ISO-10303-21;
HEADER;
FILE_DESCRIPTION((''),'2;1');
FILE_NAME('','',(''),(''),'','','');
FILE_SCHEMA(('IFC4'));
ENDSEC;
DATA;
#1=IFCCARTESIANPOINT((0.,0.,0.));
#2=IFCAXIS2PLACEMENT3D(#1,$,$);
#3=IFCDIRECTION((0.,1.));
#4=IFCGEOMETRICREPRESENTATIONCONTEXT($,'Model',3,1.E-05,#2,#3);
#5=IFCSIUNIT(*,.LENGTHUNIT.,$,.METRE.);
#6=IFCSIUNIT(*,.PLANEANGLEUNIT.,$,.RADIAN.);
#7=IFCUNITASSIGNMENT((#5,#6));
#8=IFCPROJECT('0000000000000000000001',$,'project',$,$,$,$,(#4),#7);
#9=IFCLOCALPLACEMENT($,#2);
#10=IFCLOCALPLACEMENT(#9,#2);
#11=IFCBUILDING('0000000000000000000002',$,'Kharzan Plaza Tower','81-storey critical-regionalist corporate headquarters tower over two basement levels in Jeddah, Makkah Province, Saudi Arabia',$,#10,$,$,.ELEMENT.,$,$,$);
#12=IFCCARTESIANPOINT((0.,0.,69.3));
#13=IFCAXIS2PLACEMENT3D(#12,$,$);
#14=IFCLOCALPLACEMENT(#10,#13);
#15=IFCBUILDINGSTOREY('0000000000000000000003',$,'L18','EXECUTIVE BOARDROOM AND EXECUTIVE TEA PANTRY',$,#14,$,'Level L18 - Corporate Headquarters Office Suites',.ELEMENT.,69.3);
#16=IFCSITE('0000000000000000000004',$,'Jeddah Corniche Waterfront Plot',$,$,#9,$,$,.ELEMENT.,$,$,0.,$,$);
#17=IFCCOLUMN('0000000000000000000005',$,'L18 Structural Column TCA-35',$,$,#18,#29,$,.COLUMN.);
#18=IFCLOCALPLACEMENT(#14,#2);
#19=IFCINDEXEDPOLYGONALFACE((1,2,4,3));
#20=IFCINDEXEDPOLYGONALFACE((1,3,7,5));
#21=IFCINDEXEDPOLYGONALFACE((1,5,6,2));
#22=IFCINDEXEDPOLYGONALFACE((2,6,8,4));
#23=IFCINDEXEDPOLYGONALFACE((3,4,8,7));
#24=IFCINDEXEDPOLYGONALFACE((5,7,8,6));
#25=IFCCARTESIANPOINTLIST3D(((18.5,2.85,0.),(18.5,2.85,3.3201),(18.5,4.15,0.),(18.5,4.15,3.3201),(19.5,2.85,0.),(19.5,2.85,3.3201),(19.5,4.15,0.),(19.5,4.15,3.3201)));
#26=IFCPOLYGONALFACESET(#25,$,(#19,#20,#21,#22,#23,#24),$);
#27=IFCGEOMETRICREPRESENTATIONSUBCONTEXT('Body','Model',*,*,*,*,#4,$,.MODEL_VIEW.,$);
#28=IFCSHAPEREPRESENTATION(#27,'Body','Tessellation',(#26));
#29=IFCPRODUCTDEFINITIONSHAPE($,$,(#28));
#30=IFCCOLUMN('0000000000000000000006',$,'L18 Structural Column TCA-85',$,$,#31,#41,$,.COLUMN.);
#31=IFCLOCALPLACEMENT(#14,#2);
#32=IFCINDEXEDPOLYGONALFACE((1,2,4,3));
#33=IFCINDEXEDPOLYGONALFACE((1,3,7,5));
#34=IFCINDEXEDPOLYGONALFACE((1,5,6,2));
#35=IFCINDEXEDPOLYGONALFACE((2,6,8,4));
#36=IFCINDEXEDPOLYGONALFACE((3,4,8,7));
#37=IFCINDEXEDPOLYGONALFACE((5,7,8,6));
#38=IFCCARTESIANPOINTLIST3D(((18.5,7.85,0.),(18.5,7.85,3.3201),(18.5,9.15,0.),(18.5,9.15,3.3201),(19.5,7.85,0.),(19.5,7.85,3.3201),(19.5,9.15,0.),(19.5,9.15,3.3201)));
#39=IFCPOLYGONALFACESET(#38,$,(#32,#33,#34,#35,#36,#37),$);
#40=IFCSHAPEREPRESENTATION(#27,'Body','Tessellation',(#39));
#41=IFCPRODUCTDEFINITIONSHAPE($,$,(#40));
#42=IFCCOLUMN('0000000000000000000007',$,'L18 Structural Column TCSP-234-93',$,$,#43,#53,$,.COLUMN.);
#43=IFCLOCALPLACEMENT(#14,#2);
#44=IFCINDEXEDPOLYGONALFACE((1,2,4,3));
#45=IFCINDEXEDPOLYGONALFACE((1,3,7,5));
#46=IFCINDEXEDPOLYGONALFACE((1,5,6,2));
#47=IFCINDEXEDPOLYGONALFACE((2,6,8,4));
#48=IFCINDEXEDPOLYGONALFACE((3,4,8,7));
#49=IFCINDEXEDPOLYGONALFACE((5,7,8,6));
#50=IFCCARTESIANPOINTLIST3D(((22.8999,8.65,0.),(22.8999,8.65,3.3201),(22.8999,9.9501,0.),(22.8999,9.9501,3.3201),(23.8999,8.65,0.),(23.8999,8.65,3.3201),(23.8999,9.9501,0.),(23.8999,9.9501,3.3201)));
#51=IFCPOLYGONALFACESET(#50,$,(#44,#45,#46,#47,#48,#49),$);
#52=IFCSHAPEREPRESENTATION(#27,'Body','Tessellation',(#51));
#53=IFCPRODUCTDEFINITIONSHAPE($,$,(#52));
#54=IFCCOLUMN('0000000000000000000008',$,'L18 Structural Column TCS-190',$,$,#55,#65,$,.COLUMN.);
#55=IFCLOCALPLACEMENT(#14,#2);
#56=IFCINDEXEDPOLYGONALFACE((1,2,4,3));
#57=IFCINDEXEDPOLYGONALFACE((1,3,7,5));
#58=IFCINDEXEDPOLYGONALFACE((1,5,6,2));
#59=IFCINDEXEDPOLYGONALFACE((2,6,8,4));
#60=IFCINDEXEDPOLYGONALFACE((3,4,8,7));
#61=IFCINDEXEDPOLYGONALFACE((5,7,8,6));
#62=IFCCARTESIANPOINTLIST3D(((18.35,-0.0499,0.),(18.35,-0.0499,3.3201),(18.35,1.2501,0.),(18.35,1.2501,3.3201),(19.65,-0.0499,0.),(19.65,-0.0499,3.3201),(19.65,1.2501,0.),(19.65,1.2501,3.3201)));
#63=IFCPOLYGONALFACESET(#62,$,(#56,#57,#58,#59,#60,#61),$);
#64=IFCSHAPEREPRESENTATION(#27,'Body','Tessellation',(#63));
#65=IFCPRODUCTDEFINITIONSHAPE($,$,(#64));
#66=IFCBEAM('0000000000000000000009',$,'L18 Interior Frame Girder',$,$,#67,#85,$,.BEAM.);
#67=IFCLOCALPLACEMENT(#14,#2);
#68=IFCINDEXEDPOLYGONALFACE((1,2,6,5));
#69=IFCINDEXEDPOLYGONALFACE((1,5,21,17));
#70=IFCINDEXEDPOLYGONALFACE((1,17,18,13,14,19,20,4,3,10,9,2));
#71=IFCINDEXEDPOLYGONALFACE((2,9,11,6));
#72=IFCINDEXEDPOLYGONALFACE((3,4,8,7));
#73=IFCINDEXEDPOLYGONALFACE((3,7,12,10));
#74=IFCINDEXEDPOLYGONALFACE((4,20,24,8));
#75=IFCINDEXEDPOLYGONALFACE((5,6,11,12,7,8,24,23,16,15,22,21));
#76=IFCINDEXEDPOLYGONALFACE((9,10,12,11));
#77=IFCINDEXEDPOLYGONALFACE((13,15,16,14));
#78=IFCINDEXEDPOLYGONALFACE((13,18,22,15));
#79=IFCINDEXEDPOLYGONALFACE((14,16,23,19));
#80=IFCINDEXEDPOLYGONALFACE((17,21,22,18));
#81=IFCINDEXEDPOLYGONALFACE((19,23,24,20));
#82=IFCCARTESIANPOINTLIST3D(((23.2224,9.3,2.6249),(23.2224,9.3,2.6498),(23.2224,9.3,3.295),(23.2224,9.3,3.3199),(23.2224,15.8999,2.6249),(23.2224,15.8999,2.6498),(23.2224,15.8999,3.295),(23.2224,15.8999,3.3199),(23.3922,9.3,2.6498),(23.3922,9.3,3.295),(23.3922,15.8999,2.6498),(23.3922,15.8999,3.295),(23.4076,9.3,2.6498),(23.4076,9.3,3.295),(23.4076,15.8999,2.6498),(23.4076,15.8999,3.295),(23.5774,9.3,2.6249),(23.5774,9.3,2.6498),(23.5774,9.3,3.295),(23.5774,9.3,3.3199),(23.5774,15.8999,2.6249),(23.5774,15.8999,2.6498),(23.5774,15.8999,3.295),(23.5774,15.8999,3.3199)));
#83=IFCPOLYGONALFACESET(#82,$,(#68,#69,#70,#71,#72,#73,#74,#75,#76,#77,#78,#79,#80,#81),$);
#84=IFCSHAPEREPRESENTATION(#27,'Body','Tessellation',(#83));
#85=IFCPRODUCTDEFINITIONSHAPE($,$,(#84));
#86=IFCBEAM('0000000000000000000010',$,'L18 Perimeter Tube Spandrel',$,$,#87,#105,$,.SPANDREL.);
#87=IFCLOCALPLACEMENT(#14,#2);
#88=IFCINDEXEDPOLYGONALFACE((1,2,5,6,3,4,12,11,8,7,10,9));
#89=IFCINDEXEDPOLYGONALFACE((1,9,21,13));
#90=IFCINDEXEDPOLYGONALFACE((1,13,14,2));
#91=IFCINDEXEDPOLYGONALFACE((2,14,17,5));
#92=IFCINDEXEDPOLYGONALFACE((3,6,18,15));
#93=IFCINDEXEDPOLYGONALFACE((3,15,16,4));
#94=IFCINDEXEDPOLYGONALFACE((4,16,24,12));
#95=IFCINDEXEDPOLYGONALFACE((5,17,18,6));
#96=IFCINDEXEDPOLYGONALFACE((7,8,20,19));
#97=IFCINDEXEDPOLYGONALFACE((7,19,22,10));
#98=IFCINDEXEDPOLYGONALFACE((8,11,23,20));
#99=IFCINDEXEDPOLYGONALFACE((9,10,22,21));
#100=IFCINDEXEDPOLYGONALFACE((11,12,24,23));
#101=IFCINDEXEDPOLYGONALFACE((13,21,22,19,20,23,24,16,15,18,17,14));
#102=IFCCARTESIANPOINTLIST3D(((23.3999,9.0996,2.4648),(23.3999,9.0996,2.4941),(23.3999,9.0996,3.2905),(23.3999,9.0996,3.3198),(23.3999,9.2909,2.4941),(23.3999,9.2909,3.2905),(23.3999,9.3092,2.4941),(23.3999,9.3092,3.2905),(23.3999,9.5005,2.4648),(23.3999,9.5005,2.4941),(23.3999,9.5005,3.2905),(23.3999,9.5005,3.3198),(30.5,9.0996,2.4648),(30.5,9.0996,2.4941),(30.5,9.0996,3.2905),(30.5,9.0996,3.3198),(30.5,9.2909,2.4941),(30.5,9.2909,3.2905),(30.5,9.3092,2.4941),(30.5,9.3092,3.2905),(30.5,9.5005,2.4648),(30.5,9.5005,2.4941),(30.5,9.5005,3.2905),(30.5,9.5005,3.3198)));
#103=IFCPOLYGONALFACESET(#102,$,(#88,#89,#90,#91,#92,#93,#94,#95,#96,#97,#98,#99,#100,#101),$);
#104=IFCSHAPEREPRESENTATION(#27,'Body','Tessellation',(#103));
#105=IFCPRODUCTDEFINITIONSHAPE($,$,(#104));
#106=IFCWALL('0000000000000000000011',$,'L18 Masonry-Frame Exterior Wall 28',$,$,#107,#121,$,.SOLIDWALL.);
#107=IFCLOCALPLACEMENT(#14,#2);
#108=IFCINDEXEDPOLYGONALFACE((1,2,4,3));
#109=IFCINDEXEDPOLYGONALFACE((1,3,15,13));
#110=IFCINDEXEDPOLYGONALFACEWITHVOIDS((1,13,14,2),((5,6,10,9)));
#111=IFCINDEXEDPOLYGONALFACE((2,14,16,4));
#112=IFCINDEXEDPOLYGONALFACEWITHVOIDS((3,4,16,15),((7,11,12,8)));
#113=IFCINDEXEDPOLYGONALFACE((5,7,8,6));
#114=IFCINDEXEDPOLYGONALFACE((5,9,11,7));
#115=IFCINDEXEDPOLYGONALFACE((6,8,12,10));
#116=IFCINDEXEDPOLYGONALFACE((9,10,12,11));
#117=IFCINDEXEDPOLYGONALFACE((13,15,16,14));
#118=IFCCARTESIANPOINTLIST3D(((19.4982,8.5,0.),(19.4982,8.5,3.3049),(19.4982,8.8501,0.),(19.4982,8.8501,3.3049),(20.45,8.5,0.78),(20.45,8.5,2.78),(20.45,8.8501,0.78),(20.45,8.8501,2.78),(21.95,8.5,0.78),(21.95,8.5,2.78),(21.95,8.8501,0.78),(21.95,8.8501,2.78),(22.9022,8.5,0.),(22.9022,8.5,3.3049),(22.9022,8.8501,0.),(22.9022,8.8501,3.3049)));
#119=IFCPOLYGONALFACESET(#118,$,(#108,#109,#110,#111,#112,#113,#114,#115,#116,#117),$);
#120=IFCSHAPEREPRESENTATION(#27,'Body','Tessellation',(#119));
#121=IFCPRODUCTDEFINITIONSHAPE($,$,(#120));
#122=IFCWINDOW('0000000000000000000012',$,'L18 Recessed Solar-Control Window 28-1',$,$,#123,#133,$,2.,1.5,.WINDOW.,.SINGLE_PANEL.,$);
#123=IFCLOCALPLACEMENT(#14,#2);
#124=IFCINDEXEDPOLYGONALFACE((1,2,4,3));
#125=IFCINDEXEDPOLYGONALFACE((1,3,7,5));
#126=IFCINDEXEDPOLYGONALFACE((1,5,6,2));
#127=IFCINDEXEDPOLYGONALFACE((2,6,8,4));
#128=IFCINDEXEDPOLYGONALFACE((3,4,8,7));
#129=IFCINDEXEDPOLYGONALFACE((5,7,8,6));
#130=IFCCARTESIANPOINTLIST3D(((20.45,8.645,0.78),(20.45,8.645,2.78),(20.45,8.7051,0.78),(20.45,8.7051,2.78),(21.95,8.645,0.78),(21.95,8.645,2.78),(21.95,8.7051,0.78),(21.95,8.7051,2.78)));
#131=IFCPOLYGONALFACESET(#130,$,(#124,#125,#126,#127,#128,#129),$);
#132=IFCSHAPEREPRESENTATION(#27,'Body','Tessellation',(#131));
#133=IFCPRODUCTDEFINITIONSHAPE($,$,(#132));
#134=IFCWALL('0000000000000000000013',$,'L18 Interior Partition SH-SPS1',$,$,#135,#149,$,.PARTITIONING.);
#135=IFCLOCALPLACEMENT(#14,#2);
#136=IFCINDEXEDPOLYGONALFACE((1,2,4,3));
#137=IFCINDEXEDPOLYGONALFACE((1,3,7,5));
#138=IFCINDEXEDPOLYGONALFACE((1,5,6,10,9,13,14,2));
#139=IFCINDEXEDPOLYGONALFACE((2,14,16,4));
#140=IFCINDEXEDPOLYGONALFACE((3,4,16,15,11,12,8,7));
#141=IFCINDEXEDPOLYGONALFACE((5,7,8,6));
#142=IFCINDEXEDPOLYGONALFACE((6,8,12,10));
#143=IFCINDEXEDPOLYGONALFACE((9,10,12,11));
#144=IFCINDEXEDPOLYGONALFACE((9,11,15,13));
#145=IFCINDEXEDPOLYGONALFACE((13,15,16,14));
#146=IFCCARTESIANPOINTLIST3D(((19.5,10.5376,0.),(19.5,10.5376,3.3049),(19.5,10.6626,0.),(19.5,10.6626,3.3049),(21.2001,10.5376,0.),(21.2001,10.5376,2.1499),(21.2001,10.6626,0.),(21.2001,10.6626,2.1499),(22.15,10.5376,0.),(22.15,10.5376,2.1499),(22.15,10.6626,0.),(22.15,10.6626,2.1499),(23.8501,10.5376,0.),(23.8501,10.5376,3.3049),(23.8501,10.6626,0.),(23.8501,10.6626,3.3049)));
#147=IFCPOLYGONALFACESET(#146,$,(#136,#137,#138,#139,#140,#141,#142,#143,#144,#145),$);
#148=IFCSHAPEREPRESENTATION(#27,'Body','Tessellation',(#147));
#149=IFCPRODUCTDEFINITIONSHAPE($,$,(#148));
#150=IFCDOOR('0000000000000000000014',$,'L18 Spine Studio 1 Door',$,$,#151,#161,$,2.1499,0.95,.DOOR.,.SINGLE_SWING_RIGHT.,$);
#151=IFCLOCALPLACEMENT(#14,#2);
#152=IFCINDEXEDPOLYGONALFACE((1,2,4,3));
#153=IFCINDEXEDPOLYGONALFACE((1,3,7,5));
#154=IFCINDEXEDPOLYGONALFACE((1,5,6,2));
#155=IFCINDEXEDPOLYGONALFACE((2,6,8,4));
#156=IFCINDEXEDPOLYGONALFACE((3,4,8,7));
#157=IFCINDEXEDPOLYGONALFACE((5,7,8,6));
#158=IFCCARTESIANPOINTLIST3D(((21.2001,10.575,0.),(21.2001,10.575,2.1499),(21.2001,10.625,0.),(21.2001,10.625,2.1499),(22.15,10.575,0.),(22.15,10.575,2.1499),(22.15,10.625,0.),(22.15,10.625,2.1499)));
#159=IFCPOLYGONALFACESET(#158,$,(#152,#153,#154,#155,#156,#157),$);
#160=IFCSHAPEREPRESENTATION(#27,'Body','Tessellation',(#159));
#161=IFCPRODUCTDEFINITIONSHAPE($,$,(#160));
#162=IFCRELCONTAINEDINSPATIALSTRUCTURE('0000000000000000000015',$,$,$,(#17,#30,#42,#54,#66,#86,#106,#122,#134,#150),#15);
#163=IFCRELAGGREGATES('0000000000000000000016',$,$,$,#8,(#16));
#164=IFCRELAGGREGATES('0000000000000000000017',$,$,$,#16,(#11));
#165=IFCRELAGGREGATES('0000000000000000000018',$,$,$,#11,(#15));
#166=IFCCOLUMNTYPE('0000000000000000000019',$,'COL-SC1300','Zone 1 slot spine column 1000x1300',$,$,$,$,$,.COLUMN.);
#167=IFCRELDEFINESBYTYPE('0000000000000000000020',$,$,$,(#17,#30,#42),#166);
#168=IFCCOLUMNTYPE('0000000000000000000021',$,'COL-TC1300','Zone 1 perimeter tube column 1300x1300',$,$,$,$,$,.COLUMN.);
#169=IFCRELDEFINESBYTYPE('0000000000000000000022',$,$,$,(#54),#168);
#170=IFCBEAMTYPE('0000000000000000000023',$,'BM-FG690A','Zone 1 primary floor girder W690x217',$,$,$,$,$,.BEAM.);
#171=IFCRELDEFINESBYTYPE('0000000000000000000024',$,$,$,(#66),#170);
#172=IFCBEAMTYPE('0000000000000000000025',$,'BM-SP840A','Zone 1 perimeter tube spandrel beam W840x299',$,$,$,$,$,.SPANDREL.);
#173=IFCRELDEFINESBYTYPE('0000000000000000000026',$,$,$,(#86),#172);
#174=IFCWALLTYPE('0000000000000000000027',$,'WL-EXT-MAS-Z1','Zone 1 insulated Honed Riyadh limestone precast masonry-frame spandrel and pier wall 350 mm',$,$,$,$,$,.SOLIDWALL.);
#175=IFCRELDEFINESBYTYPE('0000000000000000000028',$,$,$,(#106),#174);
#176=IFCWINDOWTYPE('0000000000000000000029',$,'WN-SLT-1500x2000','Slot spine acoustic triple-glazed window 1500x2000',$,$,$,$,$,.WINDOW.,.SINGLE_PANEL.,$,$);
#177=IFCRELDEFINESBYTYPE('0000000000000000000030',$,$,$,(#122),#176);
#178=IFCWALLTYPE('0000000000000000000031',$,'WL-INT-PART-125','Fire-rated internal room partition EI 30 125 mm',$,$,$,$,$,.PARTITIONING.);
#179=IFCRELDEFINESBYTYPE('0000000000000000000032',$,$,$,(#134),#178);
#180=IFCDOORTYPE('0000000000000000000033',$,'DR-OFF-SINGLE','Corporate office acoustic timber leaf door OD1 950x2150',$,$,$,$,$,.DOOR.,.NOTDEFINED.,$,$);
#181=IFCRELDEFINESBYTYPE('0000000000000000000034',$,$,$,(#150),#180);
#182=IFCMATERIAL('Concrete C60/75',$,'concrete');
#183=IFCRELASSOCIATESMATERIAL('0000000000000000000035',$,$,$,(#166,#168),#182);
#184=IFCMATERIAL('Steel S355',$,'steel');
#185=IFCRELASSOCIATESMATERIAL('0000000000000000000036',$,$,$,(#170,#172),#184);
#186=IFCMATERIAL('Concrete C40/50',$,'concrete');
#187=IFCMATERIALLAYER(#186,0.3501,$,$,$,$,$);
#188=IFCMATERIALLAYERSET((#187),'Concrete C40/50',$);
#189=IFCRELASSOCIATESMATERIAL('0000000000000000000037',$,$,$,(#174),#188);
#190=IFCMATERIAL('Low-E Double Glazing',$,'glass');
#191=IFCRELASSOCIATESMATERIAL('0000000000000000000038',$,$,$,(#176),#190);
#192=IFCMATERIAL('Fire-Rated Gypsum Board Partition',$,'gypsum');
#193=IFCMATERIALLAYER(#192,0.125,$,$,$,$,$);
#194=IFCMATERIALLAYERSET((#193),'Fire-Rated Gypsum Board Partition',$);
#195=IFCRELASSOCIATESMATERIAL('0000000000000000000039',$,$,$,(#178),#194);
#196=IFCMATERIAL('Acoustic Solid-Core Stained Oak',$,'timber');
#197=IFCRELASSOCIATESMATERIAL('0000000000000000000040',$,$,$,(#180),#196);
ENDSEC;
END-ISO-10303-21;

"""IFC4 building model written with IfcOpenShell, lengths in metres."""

from ifc_helpers import new_model, si_unit, direction, frame, frame_2d, origin, origin_2d, place, context, subcontext, project, spatial, rectangle, i_section, extrude, source, transform, mapped, material, layer, layer_set, material_profile, profile_set, type_object, element, fill, save


model = new_model("IFC4")

# Units and contexts
model_context = context("Model", 3, precision=1e-05, world=origin(), true_north=direction((0.0, 1.0)))
body_context = subcontext(model_context, "Body", "Model", "MODEL_VIEW")
ifc_project = project(units=[si_unit("LENGTHUNIT", "METRE"), si_unit("PLANEANGLEUNIT", "RADIAN")], contexts=[model_context])

# Site, building, storey
site_placement = place(None, origin())
site = spatial("IfcSite", under=ifc_project, at=site_placement, Name="Jeddah Corniche Waterfront Plot", CompositionType="ELEMENT", RefElevation=0.0)
building_placement = place(site_placement, origin())
building = spatial("IfcBuilding", under=site, at=building_placement, Name="Kharzan Plaza Tower", Description="81-storey critical-regionalist corporate headquarters tower over two basement levels in Jeddah, Makkah Province, Saudi Arabia", CompositionType="ELEMENT")
storey_placement = place(building_placement, frame((0.0, 0.0, 69.3)))
storey = spatial("IfcBuildingStorey", under=building, at=storey_placement, Name="L18", Description="EXECUTIVE BOARDROOM AND EXECUTIVE TEA PANTRY", LongName="Level L18 - Corporate Headquarters Office Suites", CompositionType="ELEMENT", Elevation=69.3)

# Columns
ifc_material_1 = material(Name="Concrete C60/75", Category="concrete")
ifc_material_profile_1 = material_profile(ifc_material_1, rectangle(XDim=1.0, YDim=1.3, at=origin_2d()), Name="RC-SC1300x1000")
ifc_profile_set_1 = profile_set([ifc_material_profile_1], Name="Concrete C60/75")
column_type_1 = type_object("IfcColumnType", Name="COL-SC1300", Description="Zone 1 slot spine column 1000x1300", PredefinedType="COLUMN", material=ifc_profile_set_1)
shared_shape_1 = source(origin(), body_context, "Body", "SweptSolid", [
    extrude(rectangle(XDim=1.0, YDim=1.3, at=origin_2d()), origin(), (0.0, 0.0, 1.0), 3.3201),
])
for number, where, z_axis, x_axis, name in (
    (1, (19.0, 3.5, 0.0), (0.0, 0.0, 1.0), (1.0, 0.0, 0.0), "L18 Structural Column TCA-35"),
    (2, (19.0, 8.5, 0.0), (0.0, 0.0, 1.0), (1.0, 0.0, 0.0), "L18 Structural Column TCA-85"),
    (3, (23.3999, 9.3, 0.0), (0.0, 0.0, 1.0), (1.0, 0.0, 0.0), "L18 Structural Column TCSP-234-93"),
):
    element("IfcColumn", number, at=place(storey_placement, frame(where, z_axis=z_axis, x_axis=x_axis)), inside=storey, type_object=column_type_1, Name=name, PredefinedType="COLUMN", context=body_context, shape_type="MappedRepresentation", body=[
        mapped(shared_shape_1, transform((0.0, 0.0, 0.0), x_axis=(1.0, 0.0, 0.0), y_axis=(0.0, 1.0, 0.0), z_axis=(0.0, 0.0, 1.0))),
    ])
ifc_material_profile_2 = material_profile(ifc_material_1, rectangle(XDim=1.3, YDim=1.3, at=origin_2d()), Name="RC-TC1300x1300")
ifc_profile_set_2 = profile_set([ifc_material_profile_2], Name="Concrete C60/75")
column_type_2 = type_object("IfcColumnType", Name="COL-TC1300", Description="Zone 1 perimeter tube column 1300x1300", PredefinedType="COLUMN", material=ifc_profile_set_2)
shared_shape_2 = source(origin(), body_context, "Body", "SweptSolid", [
    extrude(rectangle(XDim=1.3, YDim=1.3, at=origin_2d()), origin(), (0.0, 0.0, 1.0), 3.3201),
])
column_placement = place(storey_placement, frame((19.0, 0.6001, 0.0), z_axis=(0.0, 0.0, 1.0), x_axis=(1.0, 0.0, 0.0)))
element("IfcColumn", 4, at=column_placement, inside=storey, type_object=column_type_2, Name="L18 Structural Column TCS-190", PredefinedType="COLUMN", context=body_context, shape_type="MappedRepresentation", body=[
    mapped(shared_shape_2, transform((0.0, 0.0, 0.0), x_axis=(1.0, 0.0, 0.0), y_axis=(0.0, 1.0, 0.0), z_axis=(0.0, 0.0, 1.0))),
])

# Beams
ifc_material_2 = material(Name="Steel S355", Category="steel")
ifc_material_profile_3 = material_profile(ifc_material_2, i_section(OverallWidth=0.355, OverallDepth=0.6951, WebThickness=0.0154, FlangeThickness=0.0249, at=origin_2d()), Name="W690x217")
ifc_profile_set_3 = profile_set([ifc_material_profile_3], Name="Steel S355")
beam_type_1 = type_object("IfcBeamType", Name="BM-FG690A", Description="Zone 1 primary floor girder W690x217", PredefinedType="BEAM", material=ifc_profile_set_3)
shared_shape_3 = source(origin(), body_context, "Body", "SweptSolid", [
    extrude(i_section(OverallWidth=0.355, OverallDepth=0.6951, WebThickness=0.0154, FlangeThickness=0.0249, at=origin_2d()), origin(), (0.0, 0.0, 1.0), 6.5999),
])
beam_1_placement = place(storey_placement, frame((23.3999, 9.3, 2.9724), z_axis=(0.0, 1.0, 0.0), x_axis=(-1.0, 0.0, 0.0)))
element("IfcBeam", 5, at=beam_1_placement, inside=storey, type_object=beam_type_1, Name="L18 Interior Frame Girder", PredefinedType="BEAM", context=body_context, shape_type="MappedRepresentation", body=[
    mapped(shared_shape_3, transform((0.0, 0.0, 0.0), x_axis=(1.0, 0.0, 0.0), y_axis=(0.0, 1.0, 0.0), z_axis=(0.0, 0.0, 1.0))),
])
ifc_material_profile_4 = material_profile(ifc_material_2, i_section(OverallWidth=0.4009, OverallDepth=0.855, WebThickness=0.0183, FlangeThickness=0.0293, at=origin_2d()), Name="W840x299")
ifc_profile_set_4 = profile_set([ifc_material_profile_4], Name="Steel S355")
beam_type_2 = type_object("IfcBeamType", Name="BM-SP840A", Description="Zone 1 perimeter tube spandrel beam W840x299", PredefinedType="SPANDREL", material=ifc_profile_set_4)
shared_shape_4 = source(origin(), body_context, "Body", "SweptSolid", [
    extrude(i_section(OverallWidth=0.4009, OverallDepth=0.855, WebThickness=0.0183, FlangeThickness=0.0293, at=origin_2d()), origin(), (0.0, 0.0, 1.0), 7.1001),
])
beam_2_placement = place(storey_placement, frame((23.3999, 9.3, 2.8923), z_axis=(1.0, 0.0, 0.0), x_axis=(0.0, 1.0, 0.0)))
element("IfcBeam", 6, at=beam_2_placement, inside=storey, type_object=beam_type_2, Name="L18 Perimeter Tube Spandrel", PredefinedType="SPANDREL", context=body_context, shape_type="MappedRepresentation", body=[
    mapped(shared_shape_4, transform((0.0, 0.0, 0.0), x_axis=(1.0, 0.0, 0.0), y_axis=(0.0, 1.0, 0.0), z_axis=(0.0, 0.0, 1.0))),
])

# Wall, opening, window
ifc_material_3 = material(Name="Concrete C40/50", Category="concrete")
ifc_layer_1 = layer(ifc_material_3, 0.3501)
ifc_layer_set_1 = layer_set([ifc_layer_1], Name="Concrete C40/50")
wall_type_1 = type_object("IfcWallType", Name="WL-EXT-MAS-Z1", Description="Zone 1 insulated Honed Riyadh limestone precast masonry-frame spandrel and pier wall 350 mm", PredefinedType="SOLIDWALL", material=ifc_layer_set_1)
wall_1_placement = place(storey_placement, frame((19.498, 8.675, 0.0), z_axis=(0.0, 0.0, 1.0), x_axis=(1.0, 0.0, 0.0)))
wall_1 = element("IfcWall", 7, at=wall_1_placement, inside=storey, type_object=wall_type_1, Name="L18 Masonry-Frame Exterior Wall 28", PredefinedType="SOLIDWALL", context=body_context, shape_type="SweptSolid", body=[
    extrude(rectangle(XDim=3.4041, YDim=0.3501, at=frame_2d((1.7021, 0.0))), origin(), (0.0, 0.0, 1.0), 3.3049),
])
opening_1_placement = place(wall_1_placement, frame((0.9519, 0.0, 0.78)))
opening_1 = element("IfcOpeningElement", 8, at=opening_1_placement, cuts=wall_1, PredefinedType="OPENING", context=body_context, shape_type="SweptSolid", body=[
    extrude(rectangle(XDim=1.5, YDim=2.0, at=frame_2d((0.75, 1.0))), frame((0.0, 0.1851, 0.0), z_axis=(0.0, -1.0, 0.0), x_axis=(1.0, 0.0, 0.0)), (0.0, 0.0, 1.0), 0.3701),
])
ifc_material_4 = material(Name="Low-E Double Glazing", Category="glass")
window_type = type_object("IfcWindowType", Name="WN-SLT-1500x2000", Description="Slot spine acoustic triple-glazed window 1500x2000", PartitioningType="SINGLE_PANEL", PredefinedType="WINDOW", material=ifc_material_4)
shared_shape_5 = source(origin(), body_context, "Body", "SweptSolid", [
    extrude(rectangle(XDim=1.5, YDim=2.0, at=frame_2d((0.75, 1.0))), frame((0.0, 0.03, 0.0), z_axis=(0.0, -1.0, 0.0), x_axis=(1.0, 0.0, 0.0)), (0.0, 0.0, 1.0), 0.0601),
])
window_placement = place(opening_1_placement, origin())
window = element("IfcWindow", 9, at=window_placement, inside=storey, type_object=window_type, Name="L18 Recessed Solar-Control Window 28-1", OverallHeight=2.0, OverallWidth=1.5, PartitioningType="SINGLE_PANEL", PredefinedType="WINDOW", context=body_context, shape_type="MappedRepresentation", body=[
    mapped(shared_shape_5, transform((0.0, 0.0, 0.0), x_axis=(1.0, 0.0, 0.0), y_axis=(0.0, 1.0, 0.0), z_axis=(0.0, 0.0, 1.0))),
])
fill(opening_1, window)

# Wall, opening, door
ifc_material_5 = material(Name="Fire-Rated Gypsum Board Partition", Category="gypsum")
ifc_layer_2 = layer(ifc_material_5, 0.125)
ifc_layer_set_2 = layer_set([ifc_layer_2], Name="Fire-Rated Gypsum Board Partition")
wall_type_2 = type_object("IfcWallType", Name="WL-INT-PART-125", Description="Fire-rated internal room partition EI 30 125 mm", PredefinedType="PARTITIONING", material=ifc_layer_set_2)
wall_2_placement = place(storey_placement, frame((19.5, 10.6001, 0.0), z_axis=(0.0, 0.0, 1.0), x_axis=(1.0, 0.0, 0.0)))
wall_2 = element("IfcWall", 10, at=wall_2_placement, inside=storey, type_object=wall_type_2, Name="L18 Interior Partition SH-SPS1", PredefinedType="PARTITIONING", context=body_context, shape_type="SweptSolid", body=[
    extrude(rectangle(XDim=4.3501, YDim=0.125, at=frame_2d((2.175, 0.0))), origin(), (0.0, 0.0, 1.0), 3.3049),
])
opening_2_placement = place(wall_2_placement, frame((1.7, 0.0, 0.0)))
opening_2 = element("IfcOpeningElement", 11, at=opening_2_placement, cuts=wall_2, PredefinedType="OPENING", context=body_context, shape_type="SweptSolid", body=[
    extrude(rectangle(XDim=0.95, YDim=2.1499, at=frame_2d((0.4751, 1.075))), frame((0.0, 0.0725, 0.0), z_axis=(0.0, -1.0, 0.0), x_axis=(1.0, 0.0, 0.0)), (0.0, 0.0, 1.0), 0.145),
])
ifc_material_6 = material(Name="Acoustic Solid-Core Stained Oak", Category="timber")
door_type = type_object("IfcDoorType", Name="DR-OFF-SINGLE", Description="Corporate office acoustic timber leaf door OD1 950x2150", OperationType="NOTDEFINED", PredefinedType="DOOR", material=ifc_material_6)
shared_shape_6 = source(origin(), body_context, "Body", "SweptSolid", [
    extrude(rectangle(XDim=0.95, YDim=2.1499, at=frame_2d((0.4751, 1.075))), frame((0.0, 0.0249, 0.0), z_axis=(0.0, -1.0, 0.0), x_axis=(1.0, 0.0, 0.0)), (0.0, 0.0, 1.0), 0.05),
])
door_1_placement = place(opening_2_placement, origin())
door_1 = element("IfcDoor", 12, at=door_1_placement, inside=storey, type_object=door_type, Name="L18 Spine Studio 1 Door", OperationType="SINGLE_SWING_RIGHT", OverallHeight=2.1499, OverallWidth=0.95, PredefinedType="DOOR", context=body_context, shape_type="MappedRepresentation", body=[
    mapped(shared_shape_6, transform((0.0, 0.0, 0.0), x_axis=(1.0, 0.0, 0.0), y_axis=(0.0, 1.0, 0.0), z_axis=(0.0, 0.0, 1.0))),
])
fill(opening_2, door_1)

save(model, "model.ifc")
